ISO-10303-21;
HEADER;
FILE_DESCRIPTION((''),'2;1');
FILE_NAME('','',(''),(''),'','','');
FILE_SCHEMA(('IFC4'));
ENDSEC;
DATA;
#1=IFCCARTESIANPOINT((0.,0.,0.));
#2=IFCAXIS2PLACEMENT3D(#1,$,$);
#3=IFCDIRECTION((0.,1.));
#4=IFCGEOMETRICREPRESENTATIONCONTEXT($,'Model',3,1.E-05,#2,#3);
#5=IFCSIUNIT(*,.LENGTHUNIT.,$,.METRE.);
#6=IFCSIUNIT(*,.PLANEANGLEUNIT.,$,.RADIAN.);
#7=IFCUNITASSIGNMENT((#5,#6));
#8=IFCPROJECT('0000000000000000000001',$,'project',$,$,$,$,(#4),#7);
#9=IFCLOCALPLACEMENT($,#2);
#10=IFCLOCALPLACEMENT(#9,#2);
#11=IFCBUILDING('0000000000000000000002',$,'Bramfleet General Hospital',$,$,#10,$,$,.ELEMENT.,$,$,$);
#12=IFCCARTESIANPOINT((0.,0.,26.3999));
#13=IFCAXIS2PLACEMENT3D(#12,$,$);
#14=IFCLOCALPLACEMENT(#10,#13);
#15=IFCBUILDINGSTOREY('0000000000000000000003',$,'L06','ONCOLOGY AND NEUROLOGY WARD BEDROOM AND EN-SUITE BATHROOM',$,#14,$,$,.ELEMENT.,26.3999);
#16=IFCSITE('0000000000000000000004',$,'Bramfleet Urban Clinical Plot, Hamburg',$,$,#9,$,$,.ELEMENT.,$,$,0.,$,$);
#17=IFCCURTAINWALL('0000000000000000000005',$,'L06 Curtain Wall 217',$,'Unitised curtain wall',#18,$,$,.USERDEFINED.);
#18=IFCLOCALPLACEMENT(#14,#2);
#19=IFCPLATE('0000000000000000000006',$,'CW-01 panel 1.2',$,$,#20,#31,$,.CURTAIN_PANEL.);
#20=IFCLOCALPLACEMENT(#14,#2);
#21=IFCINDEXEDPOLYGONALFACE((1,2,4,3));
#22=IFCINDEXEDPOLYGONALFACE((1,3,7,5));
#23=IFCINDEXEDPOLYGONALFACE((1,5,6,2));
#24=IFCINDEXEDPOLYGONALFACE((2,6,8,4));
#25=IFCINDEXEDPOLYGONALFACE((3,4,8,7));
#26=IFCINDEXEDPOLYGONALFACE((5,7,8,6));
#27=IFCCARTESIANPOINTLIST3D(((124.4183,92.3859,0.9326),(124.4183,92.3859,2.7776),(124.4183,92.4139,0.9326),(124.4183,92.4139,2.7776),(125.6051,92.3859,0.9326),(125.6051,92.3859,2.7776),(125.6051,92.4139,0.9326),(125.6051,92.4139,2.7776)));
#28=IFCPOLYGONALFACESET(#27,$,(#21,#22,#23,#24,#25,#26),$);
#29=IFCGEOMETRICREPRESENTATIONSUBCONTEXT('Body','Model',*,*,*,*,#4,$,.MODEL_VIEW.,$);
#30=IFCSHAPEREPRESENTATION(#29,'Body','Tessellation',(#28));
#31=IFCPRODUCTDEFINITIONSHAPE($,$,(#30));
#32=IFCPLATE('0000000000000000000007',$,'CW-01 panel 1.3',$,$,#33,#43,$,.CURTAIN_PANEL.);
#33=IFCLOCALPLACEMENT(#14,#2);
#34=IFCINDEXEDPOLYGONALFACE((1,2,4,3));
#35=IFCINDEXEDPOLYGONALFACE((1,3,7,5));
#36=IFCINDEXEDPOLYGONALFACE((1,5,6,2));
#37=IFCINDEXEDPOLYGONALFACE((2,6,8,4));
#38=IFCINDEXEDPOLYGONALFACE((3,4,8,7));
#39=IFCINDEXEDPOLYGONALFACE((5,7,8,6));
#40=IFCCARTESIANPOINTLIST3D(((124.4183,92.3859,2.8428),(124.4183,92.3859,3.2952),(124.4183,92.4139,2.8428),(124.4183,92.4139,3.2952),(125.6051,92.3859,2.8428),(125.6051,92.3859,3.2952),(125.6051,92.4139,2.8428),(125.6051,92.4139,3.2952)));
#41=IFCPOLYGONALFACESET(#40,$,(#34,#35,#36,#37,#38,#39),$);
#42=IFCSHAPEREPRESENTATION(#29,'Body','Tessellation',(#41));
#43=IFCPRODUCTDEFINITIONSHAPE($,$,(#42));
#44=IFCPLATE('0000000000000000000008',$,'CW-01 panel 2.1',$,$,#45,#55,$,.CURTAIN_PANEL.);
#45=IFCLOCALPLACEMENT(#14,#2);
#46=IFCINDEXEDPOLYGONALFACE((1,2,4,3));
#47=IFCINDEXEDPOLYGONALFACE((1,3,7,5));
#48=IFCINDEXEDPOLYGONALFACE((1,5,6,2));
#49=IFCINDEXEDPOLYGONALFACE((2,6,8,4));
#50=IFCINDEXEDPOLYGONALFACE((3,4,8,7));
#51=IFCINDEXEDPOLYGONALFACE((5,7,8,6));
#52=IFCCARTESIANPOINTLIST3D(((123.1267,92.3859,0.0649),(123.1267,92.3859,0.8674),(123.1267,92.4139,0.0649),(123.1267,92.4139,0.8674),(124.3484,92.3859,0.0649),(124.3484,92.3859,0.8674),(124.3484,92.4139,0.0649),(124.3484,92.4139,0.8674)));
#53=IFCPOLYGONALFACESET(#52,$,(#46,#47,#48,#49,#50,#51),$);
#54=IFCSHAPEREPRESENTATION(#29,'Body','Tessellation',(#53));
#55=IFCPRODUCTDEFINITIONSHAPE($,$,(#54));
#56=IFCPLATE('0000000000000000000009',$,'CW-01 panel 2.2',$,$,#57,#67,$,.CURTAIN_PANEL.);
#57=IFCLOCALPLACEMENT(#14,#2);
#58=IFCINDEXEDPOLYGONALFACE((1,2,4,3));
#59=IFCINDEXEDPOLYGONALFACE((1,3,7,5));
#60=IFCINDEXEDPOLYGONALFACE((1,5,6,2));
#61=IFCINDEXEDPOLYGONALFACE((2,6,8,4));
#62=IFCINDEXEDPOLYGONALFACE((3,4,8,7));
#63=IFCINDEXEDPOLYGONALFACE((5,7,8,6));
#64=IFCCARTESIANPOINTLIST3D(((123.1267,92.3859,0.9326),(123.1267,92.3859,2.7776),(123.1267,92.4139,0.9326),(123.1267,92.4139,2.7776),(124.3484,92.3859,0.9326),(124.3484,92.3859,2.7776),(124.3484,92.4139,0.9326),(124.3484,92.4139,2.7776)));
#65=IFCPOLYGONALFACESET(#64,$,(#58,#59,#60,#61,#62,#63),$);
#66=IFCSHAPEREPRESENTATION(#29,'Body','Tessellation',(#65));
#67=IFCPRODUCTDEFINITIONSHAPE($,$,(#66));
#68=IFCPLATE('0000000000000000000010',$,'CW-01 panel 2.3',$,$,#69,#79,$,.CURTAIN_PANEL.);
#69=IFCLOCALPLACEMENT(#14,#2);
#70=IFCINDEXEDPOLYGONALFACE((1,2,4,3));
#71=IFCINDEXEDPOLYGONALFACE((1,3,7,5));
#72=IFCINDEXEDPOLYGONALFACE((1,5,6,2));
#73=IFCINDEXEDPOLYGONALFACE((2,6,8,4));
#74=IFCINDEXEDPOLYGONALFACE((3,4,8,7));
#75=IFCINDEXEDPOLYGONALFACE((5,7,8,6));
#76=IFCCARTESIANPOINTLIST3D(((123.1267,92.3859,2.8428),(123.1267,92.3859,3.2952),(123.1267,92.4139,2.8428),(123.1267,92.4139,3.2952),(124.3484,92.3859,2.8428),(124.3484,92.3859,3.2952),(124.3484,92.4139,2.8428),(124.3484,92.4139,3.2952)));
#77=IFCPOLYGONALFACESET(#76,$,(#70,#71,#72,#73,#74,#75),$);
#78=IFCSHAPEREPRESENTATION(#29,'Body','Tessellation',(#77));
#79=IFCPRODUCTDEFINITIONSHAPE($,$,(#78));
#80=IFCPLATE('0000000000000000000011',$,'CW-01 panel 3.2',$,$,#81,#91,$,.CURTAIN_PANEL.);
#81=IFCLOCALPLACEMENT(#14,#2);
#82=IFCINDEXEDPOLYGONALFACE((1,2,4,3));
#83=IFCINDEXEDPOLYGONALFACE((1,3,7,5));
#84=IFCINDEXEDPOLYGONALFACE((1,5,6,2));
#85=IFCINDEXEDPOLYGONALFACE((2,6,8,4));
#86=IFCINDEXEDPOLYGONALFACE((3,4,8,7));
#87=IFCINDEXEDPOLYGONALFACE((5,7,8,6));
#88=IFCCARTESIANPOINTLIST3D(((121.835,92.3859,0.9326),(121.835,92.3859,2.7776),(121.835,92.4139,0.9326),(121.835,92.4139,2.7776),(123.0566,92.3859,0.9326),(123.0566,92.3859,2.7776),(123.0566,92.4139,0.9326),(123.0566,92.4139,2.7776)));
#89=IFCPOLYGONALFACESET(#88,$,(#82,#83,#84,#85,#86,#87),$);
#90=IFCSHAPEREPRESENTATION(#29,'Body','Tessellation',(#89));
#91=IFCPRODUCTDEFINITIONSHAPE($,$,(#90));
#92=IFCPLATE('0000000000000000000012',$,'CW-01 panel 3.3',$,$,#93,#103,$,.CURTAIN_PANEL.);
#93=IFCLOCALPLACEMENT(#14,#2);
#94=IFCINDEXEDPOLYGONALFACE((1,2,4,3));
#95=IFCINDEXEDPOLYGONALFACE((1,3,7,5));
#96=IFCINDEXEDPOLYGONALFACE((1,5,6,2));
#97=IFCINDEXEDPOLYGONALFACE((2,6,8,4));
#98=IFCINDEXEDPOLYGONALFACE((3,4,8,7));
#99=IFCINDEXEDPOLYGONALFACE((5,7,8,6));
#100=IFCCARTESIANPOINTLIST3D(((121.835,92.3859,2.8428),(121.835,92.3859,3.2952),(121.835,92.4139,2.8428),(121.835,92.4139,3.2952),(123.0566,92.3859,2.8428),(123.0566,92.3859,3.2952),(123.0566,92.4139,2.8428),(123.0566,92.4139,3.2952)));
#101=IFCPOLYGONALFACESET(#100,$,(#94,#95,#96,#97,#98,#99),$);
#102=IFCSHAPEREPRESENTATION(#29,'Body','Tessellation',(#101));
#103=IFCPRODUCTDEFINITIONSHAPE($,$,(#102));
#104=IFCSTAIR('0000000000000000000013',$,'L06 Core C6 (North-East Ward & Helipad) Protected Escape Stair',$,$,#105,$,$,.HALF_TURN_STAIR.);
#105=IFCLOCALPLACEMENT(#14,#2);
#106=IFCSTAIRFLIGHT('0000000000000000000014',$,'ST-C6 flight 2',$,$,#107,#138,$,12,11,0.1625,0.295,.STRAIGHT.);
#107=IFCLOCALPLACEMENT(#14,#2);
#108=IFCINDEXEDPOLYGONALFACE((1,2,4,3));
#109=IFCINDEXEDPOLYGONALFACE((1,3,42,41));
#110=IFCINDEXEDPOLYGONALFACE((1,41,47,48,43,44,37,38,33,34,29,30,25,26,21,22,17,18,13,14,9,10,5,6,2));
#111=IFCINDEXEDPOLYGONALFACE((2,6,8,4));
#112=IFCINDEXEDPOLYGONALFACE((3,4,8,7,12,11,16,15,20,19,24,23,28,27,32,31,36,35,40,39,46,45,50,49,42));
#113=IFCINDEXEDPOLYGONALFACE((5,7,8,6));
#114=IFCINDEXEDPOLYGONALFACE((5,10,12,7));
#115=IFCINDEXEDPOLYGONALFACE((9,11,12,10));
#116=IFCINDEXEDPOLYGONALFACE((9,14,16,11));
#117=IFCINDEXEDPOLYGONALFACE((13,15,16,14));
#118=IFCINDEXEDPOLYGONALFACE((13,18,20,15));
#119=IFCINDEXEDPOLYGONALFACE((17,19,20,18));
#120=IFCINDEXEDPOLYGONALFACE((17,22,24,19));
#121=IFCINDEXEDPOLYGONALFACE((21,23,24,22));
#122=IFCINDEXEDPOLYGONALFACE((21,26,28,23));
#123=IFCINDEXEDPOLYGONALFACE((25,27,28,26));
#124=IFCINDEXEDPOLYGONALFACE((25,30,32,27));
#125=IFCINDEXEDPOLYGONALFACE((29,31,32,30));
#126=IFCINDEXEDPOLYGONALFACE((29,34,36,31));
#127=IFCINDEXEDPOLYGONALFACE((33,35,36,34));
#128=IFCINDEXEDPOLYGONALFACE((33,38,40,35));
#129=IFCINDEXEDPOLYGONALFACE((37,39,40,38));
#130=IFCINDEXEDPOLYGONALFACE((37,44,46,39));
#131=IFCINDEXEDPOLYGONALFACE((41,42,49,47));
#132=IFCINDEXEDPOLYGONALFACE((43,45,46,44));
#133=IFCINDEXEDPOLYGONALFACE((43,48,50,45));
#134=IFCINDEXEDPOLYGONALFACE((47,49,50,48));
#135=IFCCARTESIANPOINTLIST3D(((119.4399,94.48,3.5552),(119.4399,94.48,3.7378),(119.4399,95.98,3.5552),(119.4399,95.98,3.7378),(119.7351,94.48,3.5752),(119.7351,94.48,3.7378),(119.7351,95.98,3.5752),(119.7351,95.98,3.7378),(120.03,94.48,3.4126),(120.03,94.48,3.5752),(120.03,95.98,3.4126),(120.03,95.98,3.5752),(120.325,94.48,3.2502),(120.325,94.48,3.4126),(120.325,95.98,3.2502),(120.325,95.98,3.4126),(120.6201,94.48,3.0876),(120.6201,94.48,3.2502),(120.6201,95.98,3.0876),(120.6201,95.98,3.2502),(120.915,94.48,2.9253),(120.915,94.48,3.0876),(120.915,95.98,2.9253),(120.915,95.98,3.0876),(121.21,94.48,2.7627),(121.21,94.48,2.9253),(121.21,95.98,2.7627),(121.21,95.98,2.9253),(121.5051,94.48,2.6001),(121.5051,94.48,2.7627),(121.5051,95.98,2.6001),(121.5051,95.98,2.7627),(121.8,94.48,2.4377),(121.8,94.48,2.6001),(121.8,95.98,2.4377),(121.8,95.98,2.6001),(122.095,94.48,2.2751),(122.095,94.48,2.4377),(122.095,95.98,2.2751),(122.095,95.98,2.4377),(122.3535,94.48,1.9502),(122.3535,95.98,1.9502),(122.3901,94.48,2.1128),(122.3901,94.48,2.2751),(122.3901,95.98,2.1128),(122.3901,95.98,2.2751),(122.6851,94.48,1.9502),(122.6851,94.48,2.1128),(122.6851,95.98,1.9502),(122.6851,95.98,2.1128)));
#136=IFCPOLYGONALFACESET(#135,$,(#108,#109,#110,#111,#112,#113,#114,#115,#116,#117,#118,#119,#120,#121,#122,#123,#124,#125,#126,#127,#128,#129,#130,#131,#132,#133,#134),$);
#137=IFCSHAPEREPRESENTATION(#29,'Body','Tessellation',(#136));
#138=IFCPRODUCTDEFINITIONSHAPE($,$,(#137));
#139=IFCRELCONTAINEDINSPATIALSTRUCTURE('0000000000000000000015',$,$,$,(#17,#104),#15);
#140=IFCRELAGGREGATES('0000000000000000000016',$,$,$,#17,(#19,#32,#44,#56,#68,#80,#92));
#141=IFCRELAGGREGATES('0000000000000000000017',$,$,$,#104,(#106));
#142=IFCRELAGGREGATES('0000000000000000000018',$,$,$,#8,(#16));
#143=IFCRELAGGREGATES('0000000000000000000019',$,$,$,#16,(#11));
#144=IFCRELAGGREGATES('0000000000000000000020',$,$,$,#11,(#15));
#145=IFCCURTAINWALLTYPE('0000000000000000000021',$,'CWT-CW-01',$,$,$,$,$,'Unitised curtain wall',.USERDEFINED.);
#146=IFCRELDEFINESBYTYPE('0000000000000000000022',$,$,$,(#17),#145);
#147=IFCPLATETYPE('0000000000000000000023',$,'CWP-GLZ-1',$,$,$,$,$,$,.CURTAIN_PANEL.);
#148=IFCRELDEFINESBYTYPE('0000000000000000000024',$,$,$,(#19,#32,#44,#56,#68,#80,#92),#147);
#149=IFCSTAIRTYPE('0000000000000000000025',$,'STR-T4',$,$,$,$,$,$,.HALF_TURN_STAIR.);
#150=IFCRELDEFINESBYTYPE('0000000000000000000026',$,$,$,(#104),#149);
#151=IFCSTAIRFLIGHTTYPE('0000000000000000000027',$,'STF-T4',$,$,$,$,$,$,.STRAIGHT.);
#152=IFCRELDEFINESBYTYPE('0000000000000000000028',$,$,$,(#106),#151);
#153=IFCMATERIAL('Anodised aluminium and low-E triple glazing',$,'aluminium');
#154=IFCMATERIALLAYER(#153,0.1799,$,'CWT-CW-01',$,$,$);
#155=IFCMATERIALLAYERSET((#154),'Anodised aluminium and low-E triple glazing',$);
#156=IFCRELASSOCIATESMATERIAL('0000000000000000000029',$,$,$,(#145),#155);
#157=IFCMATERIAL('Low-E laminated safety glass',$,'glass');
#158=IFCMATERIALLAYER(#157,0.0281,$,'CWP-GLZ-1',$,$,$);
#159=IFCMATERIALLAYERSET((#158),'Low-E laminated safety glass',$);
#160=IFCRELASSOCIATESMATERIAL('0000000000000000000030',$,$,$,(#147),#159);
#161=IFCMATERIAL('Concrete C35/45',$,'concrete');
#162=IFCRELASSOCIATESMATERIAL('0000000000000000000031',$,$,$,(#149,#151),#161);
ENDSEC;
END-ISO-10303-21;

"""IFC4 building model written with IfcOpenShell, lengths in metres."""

from ifc_helpers import new_model, si_unit, direction, frame, origin, origin_2d, place, context, subcontext, project, spatial, polyline, rectangle, outline, extrude, material, layer, layer_set, type_object, element, aggregate, save


model = new_model("IFC4")

# Units and contexts
model_context = context("Model", 3, precision=1e-05, world=origin(), true_north=direction((0.0, 1.0)))
body_context = subcontext(model_context, "Body", "Model", "MODEL_VIEW")
ifc_project = project(units=[si_unit("LENGTHUNIT", "METRE"), si_unit("PLANEANGLEUNIT", "RADIAN")], contexts=[model_context])

# Site, building, storey
site_placement = place(None, origin())
site = spatial("IfcSite", under=ifc_project, at=site_placement, Name="Bramfleet Urban Clinical Plot, Hamburg", CompositionType="ELEMENT", RefElevation=0.0)
building_placement = place(site_placement, origin())
building = spatial("IfcBuilding", under=site, at=building_placement, Name="Bramfleet General Hospital", CompositionType="ELEMENT")
storey_placement = place(building_placement, frame((0.0, 0.0, 26.3999)))
storey = spatial("IfcBuildingStorey", under=building, at=storey_placement, Name="L06", Description="ONCOLOGY AND NEUROLOGY WARD BEDROOM AND EN-SUITE BATHROOM", CompositionType="ELEMENT", Elevation=26.3999)

# Curtain wall, plates
ifc_material_1 = material(Name="Anodised aluminium and low-E triple glazing", Category="aluminium")
ifc_layer_1 = layer(ifc_material_1, 0.1799, Name="CWT-CW-01")
ifc_layer_set_1 = layer_set([ifc_layer_1], Name="Anodised aluminium and low-E triple glazing")
curtain_wall_type = type_object("IfcCurtainWallType", Name="CWT-CW-01", ElementType="Unitised curtain wall", PredefinedType="USERDEFINED", material=ifc_layer_set_1)
curtain_wall_placement = place(storey_placement, origin())
curtain_wall = element("IfcCurtainWall", 1, at=curtain_wall_placement, inside=storey, type_object=curtain_wall_type, Name="L06 Curtain Wall 217", ObjectType="Unitised curtain wall", PredefinedType="USERDEFINED")
ifc_material_2 = material(Name="Low-E laminated safety glass", Category="glass")
ifc_layer_2 = layer(ifc_material_2, 0.0281, Name="CWP-GLZ-1")
ifc_layer_set_2 = layer_set([ifc_layer_2], Name="Low-E laminated safety glass")
plate_type = type_object("IfcPlateType", Name="CWP-GLZ-1", PredefinedType="CURTAIN_PANEL", material=ifc_layer_set_2)
plate_1_placement = place(storey_placement, frame((125.0117, 92.3999, 0.9326), z_axis=(0.0, 0.0, 1.0), x_axis=(-1.0, 0.0, 0.0)))
plate_1 = element("IfcPlate", 2, at=plate_1_placement, type_object=plate_type, Name="CW-01 panel 1.2", PredefinedType="CURTAIN_PANEL", context=body_context, shape_type="SweptSolid", body=[
    extrude(rectangle(XDim=1.1868, YDim=0.0281, at=origin_2d()), origin(), (0.0, 0.0, 1.0), 1.845),
])
plate_2_placement = place(storey_placement, frame((125.0117, 92.3999, 2.8428), z_axis=(0.0, 0.0, 1.0), x_axis=(-1.0, 0.0, 0.0)))
plate_2 = element("IfcPlate", 3, at=plate_2_placement, type_object=plate_type, Name="CW-01 panel 1.3", PredefinedType="CURTAIN_PANEL", context=body_context, shape_type="SweptSolid", body=[
    extrude(rectangle(XDim=1.1868, YDim=0.0281, at=origin_2d()), origin(), (0.0, 0.0, 1.0), 0.4524),
])
plate_3_placement = place(storey_placement, frame((123.7375, 92.3999, 0.0649), z_axis=(0.0, 0.0, 1.0), x_axis=(-1.0, 0.0, 0.0)))
plate_3 = element("IfcPlate", 4, at=plate_3_placement, type_object=plate_type, Name="CW-01 panel 2.1", PredefinedType="CURTAIN_PANEL", context=body_context, shape_type="SweptSolid", body=[
    extrude(rectangle(XDim=1.2217, YDim=0.0281, at=origin_2d()), origin(), (0.0, 0.0, 1.0), 0.8025),
])
plate_4_placement = place(storey_placement, frame((123.7375, 92.3999, 0.9326), z_axis=(0.0, 0.0, 1.0), x_axis=(-1.0, 0.0, 0.0)))
plate_4 = element("IfcPlate", 5, at=plate_4_placement, type_object=plate_type, Name="CW-01 panel 2.2", PredefinedType="CURTAIN_PANEL", context=body_context, shape_type="SweptSolid", body=[
    extrude(rectangle(XDim=1.2217, YDim=0.0281, at=origin_2d()), origin(), (0.0, 0.0, 1.0), 1.845),
])
plate_5_placement = place(storey_placement, frame((123.7375, 92.3999, 2.8428), z_axis=(0.0, 0.0, 1.0), x_axis=(-1.0, 0.0, 0.0)))
plate_5 = element("IfcPlate", 6, at=plate_5_placement, type_object=plate_type, Name="CW-01 panel 2.3", PredefinedType="CURTAIN_PANEL", context=body_context, shape_type="SweptSolid", body=[
    extrude(rectangle(XDim=1.2217, YDim=0.0281, at=origin_2d()), origin(), (0.0, 0.0, 1.0), 0.4524),
])
plate_6_placement = place(storey_placement, frame((122.4458, 92.3999, 0.9326), z_axis=(0.0, 0.0, 1.0), x_axis=(-1.0, 0.0, 0.0)))
plate_6 = element("IfcPlate", 7, at=plate_6_placement, type_object=plate_type, Name="CW-01 panel 3.2", PredefinedType="CURTAIN_PANEL", context=body_context, shape_type="SweptSolid", body=[
    extrude(rectangle(XDim=1.2217, YDim=0.0281, at=origin_2d()), origin(), (0.0, 0.0, 1.0), 1.845),
])
plate_7_placement = place(storey_placement, frame((122.4458, 92.3999, 2.8428), z_axis=(0.0, 0.0, 1.0), x_axis=(-1.0, 0.0, 0.0)))
plate_7 = element("IfcPlate", 8, at=plate_7_placement, type_object=plate_type, Name="CW-01 panel 3.3", PredefinedType="CURTAIN_PANEL", context=body_context, shape_type="SweptSolid", body=[
    extrude(rectangle(XDim=1.2217, YDim=0.0281, at=origin_2d()), origin(), (0.0, 0.0, 1.0), 0.4524),
])
aggregate(curtain_wall, [plate_1, plate_2, plate_3, plate_4, plate_5, plate_6, plate_7])

# Stair, stair flight
ifc_material_3 = material(Name="Concrete C35/45", Category="concrete")
stair_type = type_object("IfcStairType", Name="STR-T4", PredefinedType="HALF_TURN_STAIR", material=ifc_material_3)
stair_placement = place(storey_placement, origin())
stair = element("IfcStair", 9, at=stair_placement, inside=storey, type_object=stair_type, Name="L06 Core C6 (North-East Ward & Helipad) Protected Escape Stair", PredefinedType="HALF_TURN_STAIR")
stair_flight_type = type_object("IfcStairFlightType", Name="STF-T4", PredefinedType="STRAIGHT", material=ifc_material_3)
stair_flight_placement = place(storey_placement, frame((122.6851, 95.23, 1.9502), z_axis=(0.0, 0.0, 1.0), x_axis=(-1.0, 0.0, 0.0)))
stair_flight = element("IfcStairFlight", 10, at=stair_flight_placement, type_object=stair_flight_type, Name="ST-C6 flight 2", NumberOfRisers=12, NumberOfTreads=11, PredefinedType="STRAIGHT", RiserHeight=0.1625, TreadLength=0.295, context=body_context, shape_type="SweptSolid", body=[
    extrude(outline(polyline([(0.0, 0.0), (0.0, 0.1626), (0.2949, 0.1626), (0.2949, 0.325), (0.5901, 0.325), (0.5901, 0.4875), (0.885, 0.4875), (0.885, 0.6499), (1.1799, 0.6499), (1.1799, 0.8125), (1.4751, 0.8125), (1.4751, 0.9751), (1.77, 0.9751), (1.77, 1.1375), (2.0649, 1.1375), (2.0649, 1.3), (2.3601, 1.3), (2.3601, 1.4624), (2.655, 1.4624), (2.655, 1.625), (2.95, 1.625), (2.95, 1.7876), (3.2451, 1.7876), (3.2451, 1.95), (3.2451, 1.605), (0.3315, 0.0), (0.0, 0.0)])), frame((0.0, 0.75, 0.0), z_axis=(0.0, -1.0, 0.0), x_axis=(1.0, 0.0, 0.0)), (0.0, 0.0, 1.0), 1.5),
])
aggregate(stair, [stair_flight])

save(model, "model.ifc")
